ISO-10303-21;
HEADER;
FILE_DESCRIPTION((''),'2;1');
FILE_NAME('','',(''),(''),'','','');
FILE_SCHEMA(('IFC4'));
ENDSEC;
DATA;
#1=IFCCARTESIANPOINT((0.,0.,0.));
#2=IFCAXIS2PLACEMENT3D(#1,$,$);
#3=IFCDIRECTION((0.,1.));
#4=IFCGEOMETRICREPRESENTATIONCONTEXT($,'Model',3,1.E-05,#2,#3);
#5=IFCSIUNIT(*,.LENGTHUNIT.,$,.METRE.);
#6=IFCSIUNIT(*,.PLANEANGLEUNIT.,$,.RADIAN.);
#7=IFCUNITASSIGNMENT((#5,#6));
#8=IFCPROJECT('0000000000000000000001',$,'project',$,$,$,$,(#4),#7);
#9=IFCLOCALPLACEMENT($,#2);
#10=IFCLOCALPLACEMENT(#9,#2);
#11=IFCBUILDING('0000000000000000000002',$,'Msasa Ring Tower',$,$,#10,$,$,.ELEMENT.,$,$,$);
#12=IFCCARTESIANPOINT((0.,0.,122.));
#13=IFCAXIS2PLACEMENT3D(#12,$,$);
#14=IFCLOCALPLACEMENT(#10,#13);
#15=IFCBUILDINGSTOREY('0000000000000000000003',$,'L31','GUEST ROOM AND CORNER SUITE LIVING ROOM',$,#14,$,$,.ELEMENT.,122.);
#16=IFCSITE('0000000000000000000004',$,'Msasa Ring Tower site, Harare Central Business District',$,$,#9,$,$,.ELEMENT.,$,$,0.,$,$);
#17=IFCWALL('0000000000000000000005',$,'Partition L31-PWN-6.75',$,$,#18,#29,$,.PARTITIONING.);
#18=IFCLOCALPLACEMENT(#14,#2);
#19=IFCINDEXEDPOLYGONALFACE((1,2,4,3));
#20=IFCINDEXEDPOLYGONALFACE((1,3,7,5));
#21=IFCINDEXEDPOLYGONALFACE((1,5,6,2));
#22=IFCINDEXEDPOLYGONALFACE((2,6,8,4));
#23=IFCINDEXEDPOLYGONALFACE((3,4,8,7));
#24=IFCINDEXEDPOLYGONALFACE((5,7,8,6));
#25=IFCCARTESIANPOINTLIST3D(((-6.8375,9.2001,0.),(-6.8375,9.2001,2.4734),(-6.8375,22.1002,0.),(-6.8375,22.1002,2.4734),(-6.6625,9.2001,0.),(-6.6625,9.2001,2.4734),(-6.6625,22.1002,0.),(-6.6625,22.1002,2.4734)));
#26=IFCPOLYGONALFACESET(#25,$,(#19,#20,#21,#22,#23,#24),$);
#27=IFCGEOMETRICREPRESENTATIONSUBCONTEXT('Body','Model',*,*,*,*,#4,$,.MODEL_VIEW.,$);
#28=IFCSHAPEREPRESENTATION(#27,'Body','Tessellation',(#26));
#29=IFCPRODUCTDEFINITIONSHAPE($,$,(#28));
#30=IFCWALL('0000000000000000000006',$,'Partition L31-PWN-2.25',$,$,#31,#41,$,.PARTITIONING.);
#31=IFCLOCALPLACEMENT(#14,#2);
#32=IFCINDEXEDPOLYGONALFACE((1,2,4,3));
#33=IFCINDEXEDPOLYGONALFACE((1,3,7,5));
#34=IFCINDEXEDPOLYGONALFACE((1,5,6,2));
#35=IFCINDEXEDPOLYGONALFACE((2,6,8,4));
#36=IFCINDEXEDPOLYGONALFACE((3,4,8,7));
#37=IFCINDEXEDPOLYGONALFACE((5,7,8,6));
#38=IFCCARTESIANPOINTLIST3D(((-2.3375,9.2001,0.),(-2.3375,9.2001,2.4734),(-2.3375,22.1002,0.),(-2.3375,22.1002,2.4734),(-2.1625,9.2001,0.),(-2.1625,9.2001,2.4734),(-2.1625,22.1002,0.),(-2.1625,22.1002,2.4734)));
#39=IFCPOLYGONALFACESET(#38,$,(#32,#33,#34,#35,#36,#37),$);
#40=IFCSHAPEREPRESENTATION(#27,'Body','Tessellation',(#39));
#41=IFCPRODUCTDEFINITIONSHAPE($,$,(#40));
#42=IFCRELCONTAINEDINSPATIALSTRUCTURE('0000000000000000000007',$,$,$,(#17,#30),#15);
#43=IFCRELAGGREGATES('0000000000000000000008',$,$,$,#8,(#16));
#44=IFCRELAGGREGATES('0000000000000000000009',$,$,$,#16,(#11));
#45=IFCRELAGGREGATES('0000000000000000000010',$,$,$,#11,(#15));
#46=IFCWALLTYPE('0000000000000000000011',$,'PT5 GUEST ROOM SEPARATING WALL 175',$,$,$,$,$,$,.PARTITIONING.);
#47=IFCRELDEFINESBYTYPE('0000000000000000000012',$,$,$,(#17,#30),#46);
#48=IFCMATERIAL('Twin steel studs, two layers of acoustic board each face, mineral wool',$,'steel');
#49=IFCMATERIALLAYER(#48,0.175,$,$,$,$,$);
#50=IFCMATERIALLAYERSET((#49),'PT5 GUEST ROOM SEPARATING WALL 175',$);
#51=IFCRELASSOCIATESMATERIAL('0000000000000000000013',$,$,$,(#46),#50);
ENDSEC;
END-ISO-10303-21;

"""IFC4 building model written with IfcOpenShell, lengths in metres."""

from ifc_helpers import new_model, si_unit, direction, frame, frame_2d, origin, place, context, subcontext, project, spatial, rectangle, extrude, material, layer, layer_set, type_object, element, save


model = new_model("IFC4")

# Units and contexts
model_context = context("Model", 3, precision=1e-05, world=origin(), true_north=direction((0.0, 1.0)))
body_context = subcontext(model_context, "Body", "Model", "MODEL_VIEW")
ifc_project = project(units=[si_unit("LENGTHUNIT", "METRE"), si_unit("PLANEANGLEUNIT", "RADIAN")], contexts=[model_context])

# Site, building, storey
site_placement = place(None, origin())
site = spatial("IfcSite", under=ifc_project, at=site_placement, Name="Msasa Ring Tower site, Harare Central Business District", CompositionType="ELEMENT", RefElevation=0.0)
building_placement = place(site_placement, origin())
building = spatial("IfcBuilding", under=site, at=building_placement, Name="Msasa Ring Tower", CompositionType="ELEMENT")
storey_placement = place(building_placement, frame((0.0, 0.0, 122.0)))
storey = spatial("IfcBuildingStorey", under=building, at=storey_placement, Name="L31", Description="GUEST ROOM AND CORNER SUITE LIVING ROOM", CompositionType="ELEMENT", Elevation=122.0)

# Walls
ifc_material_1 = material(Name="Twin steel studs, two layers of acoustic board each face, mineral wool", Category="steel")
ifc_layer_1 = layer(ifc_material_1, 0.175)
ifc_layer_set_1 = layer_set([ifc_layer_1], Name="PT5 GUEST ROOM SEPARATING WALL 175")
wall_type_1 = type_object("IfcWallType", Name="PT5 GUEST ROOM SEPARATING WALL 175", PredefinedType="PARTITIONING", material=ifc_layer_set_1)
for number, where, z_axis, x_axis, name in (
    (1, (-6.75, 9.2, 0.0), (0.0, 0.0, 1.0), (0.0, 1.0, 0.0), "Partition L31-PWN-6.75"),
    (2, (-2.25, 9.2, 0.0), (0.0, 0.0, 1.0), (0.0, 1.0, 0.0), "Partition L31-PWN-2.25"),
):
    element("IfcWall", number, at=place(storey_placement, frame(where, z_axis=z_axis, x_axis=x_axis)), inside=storey, type_object=wall_type_1, Name=name, PredefinedType="PARTITIONING", context=body_context, shape_type="SweptSolid", body=[
        extrude(rectangle(XDim=12.9001, YDim=0.175, at=frame_2d((6.4502, 0.0))), origin(), (0.0, 0.0, 1.0), 2.4734),
    ])

save(model, "model.ifc")
